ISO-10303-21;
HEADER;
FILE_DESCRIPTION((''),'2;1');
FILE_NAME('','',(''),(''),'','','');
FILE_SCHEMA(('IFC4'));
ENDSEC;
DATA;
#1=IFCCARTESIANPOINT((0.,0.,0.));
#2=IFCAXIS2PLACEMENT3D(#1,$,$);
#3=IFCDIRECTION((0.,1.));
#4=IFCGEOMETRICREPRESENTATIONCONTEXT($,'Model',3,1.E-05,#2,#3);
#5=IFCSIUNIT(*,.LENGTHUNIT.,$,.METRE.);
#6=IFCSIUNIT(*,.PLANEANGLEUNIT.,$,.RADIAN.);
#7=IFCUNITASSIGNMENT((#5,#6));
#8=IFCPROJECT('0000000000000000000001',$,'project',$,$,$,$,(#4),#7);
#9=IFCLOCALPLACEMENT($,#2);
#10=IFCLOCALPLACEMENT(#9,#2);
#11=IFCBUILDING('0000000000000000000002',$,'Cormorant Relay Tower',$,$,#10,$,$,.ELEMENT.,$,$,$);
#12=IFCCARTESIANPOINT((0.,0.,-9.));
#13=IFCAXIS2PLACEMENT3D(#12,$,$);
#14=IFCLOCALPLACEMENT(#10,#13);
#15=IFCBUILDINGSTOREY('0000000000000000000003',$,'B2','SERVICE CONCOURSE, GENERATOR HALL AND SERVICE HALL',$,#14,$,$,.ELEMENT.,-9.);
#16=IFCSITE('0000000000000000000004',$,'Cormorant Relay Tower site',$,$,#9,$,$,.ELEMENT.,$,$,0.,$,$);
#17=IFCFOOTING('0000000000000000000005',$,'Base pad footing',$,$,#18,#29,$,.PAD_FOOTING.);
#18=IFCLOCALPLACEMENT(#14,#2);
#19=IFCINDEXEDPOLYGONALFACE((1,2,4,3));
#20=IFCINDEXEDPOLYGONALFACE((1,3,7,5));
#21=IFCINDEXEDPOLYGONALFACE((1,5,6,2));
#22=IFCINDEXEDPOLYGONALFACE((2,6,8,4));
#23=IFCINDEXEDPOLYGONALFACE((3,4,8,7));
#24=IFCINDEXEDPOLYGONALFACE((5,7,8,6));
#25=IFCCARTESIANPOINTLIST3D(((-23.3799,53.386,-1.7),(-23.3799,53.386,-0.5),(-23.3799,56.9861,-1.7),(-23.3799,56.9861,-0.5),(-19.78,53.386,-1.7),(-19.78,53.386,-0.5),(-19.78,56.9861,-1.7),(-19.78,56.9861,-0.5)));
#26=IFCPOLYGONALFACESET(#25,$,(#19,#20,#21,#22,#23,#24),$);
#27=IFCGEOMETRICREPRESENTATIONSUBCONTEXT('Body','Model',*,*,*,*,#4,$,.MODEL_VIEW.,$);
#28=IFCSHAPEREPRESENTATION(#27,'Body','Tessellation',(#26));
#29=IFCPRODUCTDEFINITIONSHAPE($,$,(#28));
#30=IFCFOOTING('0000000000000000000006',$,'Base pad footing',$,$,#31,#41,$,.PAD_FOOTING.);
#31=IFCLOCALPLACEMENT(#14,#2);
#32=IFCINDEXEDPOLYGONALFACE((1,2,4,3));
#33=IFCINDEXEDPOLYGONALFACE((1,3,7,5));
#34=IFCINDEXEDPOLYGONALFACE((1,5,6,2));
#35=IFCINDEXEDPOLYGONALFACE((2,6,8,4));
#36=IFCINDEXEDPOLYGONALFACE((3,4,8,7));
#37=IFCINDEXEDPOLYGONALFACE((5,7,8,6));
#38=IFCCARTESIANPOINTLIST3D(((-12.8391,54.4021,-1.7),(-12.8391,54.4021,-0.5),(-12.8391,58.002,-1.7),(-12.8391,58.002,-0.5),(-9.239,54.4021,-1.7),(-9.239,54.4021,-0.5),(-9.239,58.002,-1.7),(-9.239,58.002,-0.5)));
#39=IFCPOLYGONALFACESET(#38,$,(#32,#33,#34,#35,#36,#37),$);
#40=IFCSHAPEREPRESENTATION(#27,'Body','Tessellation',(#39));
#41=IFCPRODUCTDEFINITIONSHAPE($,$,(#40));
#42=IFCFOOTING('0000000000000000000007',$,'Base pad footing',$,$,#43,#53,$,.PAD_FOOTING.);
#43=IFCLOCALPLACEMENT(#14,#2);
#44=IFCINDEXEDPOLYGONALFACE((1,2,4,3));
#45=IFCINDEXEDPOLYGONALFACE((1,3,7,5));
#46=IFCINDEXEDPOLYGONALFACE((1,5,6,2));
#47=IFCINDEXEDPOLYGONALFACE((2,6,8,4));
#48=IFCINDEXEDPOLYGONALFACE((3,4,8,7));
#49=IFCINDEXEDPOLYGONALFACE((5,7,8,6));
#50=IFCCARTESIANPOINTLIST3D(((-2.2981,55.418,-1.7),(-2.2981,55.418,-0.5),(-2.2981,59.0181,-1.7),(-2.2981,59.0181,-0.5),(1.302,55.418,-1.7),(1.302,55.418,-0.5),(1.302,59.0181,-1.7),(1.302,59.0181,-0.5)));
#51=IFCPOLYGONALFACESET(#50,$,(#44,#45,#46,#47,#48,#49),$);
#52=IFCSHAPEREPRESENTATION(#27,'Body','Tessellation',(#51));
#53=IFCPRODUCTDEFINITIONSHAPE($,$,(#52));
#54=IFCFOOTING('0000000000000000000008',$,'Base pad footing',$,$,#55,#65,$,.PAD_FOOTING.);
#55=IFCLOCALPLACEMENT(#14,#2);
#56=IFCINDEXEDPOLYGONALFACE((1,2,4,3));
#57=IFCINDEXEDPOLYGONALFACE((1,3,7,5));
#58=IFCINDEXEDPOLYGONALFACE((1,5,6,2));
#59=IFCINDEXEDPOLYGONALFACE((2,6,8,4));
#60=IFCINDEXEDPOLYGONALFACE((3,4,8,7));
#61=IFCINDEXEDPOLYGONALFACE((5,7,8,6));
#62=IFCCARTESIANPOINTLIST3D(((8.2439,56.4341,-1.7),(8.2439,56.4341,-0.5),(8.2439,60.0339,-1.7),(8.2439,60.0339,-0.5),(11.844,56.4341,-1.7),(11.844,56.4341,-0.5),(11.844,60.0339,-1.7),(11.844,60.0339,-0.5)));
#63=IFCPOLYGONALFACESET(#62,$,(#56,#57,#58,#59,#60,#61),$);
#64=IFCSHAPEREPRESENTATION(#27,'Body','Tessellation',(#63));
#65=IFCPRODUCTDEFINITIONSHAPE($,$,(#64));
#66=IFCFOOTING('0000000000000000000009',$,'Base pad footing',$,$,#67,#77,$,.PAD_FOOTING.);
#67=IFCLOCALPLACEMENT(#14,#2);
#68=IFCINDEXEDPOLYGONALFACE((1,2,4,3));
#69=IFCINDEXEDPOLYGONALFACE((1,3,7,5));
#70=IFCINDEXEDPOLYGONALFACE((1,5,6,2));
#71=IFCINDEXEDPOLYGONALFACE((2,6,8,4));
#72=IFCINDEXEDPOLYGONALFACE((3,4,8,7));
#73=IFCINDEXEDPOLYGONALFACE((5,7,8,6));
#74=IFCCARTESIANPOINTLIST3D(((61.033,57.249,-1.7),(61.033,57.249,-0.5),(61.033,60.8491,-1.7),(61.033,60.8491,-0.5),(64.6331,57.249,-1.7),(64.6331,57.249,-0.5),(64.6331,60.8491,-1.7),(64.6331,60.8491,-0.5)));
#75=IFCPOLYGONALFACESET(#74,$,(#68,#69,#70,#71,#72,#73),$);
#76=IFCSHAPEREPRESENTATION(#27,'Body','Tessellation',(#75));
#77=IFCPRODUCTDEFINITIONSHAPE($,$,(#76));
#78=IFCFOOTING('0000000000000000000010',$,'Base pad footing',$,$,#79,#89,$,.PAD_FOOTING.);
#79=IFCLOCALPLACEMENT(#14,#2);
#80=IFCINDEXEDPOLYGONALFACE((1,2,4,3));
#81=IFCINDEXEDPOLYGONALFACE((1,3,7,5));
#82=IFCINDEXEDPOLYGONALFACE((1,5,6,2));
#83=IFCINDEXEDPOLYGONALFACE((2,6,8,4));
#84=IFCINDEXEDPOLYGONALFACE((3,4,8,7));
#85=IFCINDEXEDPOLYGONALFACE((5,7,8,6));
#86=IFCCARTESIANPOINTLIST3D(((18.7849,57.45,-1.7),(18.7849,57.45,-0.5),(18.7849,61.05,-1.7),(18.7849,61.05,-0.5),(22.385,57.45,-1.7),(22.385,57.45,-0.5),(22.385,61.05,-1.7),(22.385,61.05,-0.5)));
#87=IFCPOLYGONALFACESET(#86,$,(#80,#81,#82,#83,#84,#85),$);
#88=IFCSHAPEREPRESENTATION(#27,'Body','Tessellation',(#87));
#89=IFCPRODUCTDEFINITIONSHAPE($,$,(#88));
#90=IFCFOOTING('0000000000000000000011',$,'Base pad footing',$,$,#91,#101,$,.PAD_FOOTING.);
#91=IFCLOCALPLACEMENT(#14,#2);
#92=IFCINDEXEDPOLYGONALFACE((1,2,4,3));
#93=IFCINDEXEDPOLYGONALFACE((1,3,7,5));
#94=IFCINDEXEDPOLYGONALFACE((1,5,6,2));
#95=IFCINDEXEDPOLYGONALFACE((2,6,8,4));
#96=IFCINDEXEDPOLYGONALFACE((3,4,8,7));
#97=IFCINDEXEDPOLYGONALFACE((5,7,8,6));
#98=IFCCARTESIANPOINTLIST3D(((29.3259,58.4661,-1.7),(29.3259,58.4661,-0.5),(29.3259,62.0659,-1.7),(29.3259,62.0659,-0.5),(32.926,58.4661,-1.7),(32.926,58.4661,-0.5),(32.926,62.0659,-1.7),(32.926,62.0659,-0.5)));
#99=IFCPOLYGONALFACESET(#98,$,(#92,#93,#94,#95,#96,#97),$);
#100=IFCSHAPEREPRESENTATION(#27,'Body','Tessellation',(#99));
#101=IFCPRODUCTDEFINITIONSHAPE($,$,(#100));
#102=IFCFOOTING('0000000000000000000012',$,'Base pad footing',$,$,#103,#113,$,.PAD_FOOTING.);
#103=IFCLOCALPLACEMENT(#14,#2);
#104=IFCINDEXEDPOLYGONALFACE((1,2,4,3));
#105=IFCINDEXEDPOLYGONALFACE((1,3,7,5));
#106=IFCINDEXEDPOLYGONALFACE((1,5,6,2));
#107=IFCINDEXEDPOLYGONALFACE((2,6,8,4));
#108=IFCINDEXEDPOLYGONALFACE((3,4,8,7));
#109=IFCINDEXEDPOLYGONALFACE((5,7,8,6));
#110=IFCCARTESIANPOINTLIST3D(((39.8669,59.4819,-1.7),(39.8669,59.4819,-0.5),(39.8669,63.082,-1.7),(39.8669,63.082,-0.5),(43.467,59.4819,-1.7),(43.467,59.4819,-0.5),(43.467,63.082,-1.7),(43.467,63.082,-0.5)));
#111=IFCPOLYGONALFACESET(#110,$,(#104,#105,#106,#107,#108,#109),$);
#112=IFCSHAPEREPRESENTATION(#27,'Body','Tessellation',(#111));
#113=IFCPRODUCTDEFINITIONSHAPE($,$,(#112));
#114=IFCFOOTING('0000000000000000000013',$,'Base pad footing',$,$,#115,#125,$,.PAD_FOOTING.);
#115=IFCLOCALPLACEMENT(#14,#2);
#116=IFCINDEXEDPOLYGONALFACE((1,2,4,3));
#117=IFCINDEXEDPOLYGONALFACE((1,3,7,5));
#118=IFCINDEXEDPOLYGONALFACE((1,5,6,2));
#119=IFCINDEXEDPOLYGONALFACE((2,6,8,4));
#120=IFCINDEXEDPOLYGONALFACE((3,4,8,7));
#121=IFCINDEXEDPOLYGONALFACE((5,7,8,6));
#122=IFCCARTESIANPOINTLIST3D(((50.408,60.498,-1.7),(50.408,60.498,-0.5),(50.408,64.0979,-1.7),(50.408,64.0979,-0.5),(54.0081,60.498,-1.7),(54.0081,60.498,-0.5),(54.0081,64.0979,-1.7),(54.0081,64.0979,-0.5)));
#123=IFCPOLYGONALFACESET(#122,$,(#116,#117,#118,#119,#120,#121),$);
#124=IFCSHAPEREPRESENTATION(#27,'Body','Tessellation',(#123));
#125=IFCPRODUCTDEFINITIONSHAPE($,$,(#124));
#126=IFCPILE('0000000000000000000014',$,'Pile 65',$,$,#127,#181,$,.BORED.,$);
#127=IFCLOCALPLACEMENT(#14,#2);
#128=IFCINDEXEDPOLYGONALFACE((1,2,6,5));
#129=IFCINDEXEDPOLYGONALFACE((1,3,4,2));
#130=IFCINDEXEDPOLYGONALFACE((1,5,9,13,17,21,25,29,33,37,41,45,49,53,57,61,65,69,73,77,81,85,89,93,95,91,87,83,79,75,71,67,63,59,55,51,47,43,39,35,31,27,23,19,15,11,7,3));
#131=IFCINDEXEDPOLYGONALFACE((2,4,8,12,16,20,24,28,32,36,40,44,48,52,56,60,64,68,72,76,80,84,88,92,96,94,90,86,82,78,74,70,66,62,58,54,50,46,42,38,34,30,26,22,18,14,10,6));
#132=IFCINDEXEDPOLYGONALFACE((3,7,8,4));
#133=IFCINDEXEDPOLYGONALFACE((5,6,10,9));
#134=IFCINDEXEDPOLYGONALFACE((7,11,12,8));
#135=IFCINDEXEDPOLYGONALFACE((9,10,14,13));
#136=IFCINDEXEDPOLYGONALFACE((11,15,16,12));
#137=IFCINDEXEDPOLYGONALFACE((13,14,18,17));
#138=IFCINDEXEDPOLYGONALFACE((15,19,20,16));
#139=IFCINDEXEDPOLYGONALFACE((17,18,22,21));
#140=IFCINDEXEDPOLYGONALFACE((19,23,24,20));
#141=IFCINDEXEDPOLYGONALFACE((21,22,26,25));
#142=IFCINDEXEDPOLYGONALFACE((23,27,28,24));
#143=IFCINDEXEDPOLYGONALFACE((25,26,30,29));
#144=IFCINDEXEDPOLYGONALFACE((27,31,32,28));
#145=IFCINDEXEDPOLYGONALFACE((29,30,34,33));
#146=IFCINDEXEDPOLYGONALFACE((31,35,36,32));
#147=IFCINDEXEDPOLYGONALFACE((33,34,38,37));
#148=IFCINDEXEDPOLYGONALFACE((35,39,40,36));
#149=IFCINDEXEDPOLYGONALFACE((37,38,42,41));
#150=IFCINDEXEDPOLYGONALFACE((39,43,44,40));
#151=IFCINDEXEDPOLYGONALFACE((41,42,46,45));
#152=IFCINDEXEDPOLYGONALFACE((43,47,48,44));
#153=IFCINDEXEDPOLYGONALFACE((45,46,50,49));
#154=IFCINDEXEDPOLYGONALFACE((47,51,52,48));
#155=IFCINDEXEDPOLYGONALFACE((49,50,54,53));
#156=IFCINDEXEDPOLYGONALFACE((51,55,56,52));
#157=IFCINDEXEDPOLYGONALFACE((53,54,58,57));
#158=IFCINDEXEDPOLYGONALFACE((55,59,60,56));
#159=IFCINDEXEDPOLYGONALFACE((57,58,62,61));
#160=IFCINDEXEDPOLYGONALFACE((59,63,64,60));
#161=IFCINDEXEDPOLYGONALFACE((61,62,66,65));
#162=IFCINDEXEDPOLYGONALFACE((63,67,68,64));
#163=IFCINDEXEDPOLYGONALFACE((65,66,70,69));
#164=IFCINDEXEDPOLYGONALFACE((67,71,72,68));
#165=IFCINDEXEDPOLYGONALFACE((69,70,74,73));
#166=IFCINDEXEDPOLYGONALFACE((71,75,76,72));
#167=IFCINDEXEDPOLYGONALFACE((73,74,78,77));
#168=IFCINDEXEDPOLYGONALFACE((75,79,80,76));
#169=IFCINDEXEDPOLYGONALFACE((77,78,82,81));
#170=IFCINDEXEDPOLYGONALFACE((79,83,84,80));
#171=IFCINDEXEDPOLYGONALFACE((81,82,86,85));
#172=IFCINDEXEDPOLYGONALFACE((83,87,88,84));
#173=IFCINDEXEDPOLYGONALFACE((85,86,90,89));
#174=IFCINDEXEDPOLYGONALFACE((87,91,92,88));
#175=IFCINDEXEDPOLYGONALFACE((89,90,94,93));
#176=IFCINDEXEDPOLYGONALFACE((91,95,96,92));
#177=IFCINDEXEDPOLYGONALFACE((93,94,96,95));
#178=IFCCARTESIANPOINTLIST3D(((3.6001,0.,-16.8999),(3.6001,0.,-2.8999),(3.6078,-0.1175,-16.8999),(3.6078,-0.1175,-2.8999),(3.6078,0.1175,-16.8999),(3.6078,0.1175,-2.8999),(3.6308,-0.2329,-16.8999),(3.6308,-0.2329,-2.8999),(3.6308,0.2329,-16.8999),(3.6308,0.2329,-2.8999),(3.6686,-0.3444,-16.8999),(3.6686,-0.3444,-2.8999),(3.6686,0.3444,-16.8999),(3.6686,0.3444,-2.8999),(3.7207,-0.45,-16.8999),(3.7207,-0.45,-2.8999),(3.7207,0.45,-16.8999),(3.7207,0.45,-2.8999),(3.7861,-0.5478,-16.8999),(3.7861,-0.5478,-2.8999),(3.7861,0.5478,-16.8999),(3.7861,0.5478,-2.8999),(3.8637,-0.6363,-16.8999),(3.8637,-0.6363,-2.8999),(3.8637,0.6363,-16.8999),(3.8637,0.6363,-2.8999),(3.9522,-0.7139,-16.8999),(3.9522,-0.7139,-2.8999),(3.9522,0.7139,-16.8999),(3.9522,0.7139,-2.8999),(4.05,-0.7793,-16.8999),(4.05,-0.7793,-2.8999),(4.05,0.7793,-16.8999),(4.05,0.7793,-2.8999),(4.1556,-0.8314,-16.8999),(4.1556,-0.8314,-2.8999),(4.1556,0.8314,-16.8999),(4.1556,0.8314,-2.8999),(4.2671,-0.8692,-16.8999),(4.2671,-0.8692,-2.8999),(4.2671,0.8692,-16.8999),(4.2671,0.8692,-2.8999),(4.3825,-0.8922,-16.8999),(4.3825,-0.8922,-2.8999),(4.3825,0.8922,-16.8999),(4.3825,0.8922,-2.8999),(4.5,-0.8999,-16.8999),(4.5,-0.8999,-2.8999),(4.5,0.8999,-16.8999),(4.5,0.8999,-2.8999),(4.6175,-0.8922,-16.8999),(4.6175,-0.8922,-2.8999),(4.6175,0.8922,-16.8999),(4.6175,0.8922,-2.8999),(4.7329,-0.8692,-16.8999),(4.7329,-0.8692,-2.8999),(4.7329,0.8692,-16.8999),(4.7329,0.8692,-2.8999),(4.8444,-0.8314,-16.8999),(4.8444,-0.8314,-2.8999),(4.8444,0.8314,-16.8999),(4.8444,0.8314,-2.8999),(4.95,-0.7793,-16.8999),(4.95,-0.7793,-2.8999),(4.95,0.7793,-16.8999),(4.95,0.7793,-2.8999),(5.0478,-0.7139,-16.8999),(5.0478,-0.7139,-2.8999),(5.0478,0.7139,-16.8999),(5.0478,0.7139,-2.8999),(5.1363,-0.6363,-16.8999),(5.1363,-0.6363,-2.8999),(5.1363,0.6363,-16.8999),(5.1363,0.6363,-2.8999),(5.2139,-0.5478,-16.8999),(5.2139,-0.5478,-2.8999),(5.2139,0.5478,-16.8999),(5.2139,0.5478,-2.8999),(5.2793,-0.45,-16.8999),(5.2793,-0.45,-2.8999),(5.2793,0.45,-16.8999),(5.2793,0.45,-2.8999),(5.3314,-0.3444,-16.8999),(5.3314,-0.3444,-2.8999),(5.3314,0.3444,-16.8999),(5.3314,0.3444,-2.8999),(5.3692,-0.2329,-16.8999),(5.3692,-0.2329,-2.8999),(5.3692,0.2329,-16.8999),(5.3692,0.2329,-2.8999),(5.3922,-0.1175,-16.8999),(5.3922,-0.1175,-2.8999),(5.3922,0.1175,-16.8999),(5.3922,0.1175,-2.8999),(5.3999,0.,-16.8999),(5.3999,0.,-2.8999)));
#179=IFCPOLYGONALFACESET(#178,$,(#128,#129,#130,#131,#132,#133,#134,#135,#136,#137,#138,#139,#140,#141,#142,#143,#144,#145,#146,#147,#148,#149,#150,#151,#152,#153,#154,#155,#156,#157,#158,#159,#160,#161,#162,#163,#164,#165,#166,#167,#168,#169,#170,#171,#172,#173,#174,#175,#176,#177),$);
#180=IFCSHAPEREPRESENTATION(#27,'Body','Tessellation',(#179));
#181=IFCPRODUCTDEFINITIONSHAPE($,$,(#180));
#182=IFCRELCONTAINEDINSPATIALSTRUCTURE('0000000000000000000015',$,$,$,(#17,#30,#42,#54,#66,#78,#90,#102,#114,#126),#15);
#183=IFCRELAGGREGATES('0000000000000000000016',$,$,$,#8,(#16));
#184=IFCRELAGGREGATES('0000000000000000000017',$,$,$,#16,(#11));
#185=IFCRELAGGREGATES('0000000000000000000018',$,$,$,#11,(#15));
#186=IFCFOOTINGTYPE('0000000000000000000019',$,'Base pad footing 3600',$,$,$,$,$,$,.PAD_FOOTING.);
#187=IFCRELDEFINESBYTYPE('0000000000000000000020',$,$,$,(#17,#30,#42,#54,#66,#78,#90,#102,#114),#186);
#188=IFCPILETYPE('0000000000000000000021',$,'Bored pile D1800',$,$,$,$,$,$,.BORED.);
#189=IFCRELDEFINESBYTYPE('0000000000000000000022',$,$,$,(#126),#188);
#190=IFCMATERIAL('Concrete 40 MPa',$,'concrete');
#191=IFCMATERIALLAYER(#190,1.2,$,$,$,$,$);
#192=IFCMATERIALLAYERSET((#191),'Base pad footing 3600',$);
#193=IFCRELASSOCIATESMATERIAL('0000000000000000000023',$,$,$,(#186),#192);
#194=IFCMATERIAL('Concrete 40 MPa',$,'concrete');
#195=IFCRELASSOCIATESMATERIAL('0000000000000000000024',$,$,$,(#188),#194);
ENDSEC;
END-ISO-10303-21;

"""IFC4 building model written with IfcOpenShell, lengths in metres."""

from ifc_helpers import new_model, si_unit, direction, frame, origin, origin_2d, place, context, subcontext, project, spatial, polyline, circle, outline, extrude, material, layer, layer_set, material_profile, profile_set, type_object, element, save


model = new_model("IFC4")

# Units and contexts
model_context = context("Model", 3, precision=1e-05, world=origin(), true_north=direction((0.0, 1.0)))
body_context = subcontext(model_context, "Body", "Model", "MODEL_VIEW")
ifc_project = project(units=[si_unit("LENGTHUNIT", "METRE"), si_unit("PLANEANGLEUNIT", "RADIAN")], contexts=[model_context])

# Site, building, storey
site_placement = place(None, origin())
site = spatial("IfcSite", under=ifc_project, at=site_placement, Name="Cormorant Relay Tower site", CompositionType="ELEMENT", RefElevation=0.0)
building_placement = place(site_placement, origin())
building = spatial("IfcBuilding", under=site, at=building_placement, Name="Cormorant Relay Tower", CompositionType="ELEMENT")
storey_placement = place(building_placement, frame((0.0, 0.0, -9.0)))
storey = spatial("IfcBuildingStorey", under=building, at=storey_placement, Name="B2", Description="SERVICE CONCOURSE, GENERATOR HALL AND SERVICE HALL", CompositionType="ELEMENT", Elevation=-9.0)

# Footings
ifc_material_1 = material(Name="Concrete 40 MPa", Category="concrete")
ifc_layer_1 = layer(ifc_material_1, 1.2)
ifc_layer_set_1 = layer_set([ifc_layer_1], Name="Base pad footing 3600")
footing_type = type_object("IfcFootingType", Name="Base pad footing 3600", PredefinedType="PAD_FOOTING", material=ifc_layer_set_1)
footing_1_placement = place(storey_placement, frame((0.0, 0.0, -1.7)))
element("IfcFooting", 1, at=footing_1_placement, inside=storey, type_object=footing_type, Name="Base pad footing", PredefinedType="PAD_FOOTING", context=body_context, shape_type="SweptSolid", body=[
    extrude(outline(polyline([(-23.3799, 53.386), (-19.78, 53.386), (-19.78, 56.9861), (-23.3799, 56.9861), (-23.3799, 53.386)])), origin(), (0.0, 0.0, 1.0), 1.2),
])
footing_2_placement = place(storey_placement, frame((0.0, 0.0, -1.7)))
element("IfcFooting", 2, at=footing_2_placement, inside=storey, type_object=footing_type, Name="Base pad footing", PredefinedType="PAD_FOOTING", context=body_context, shape_type="SweptSolid", body=[
    extrude(outline(polyline([(-12.8391, 54.4021), (-9.239, 54.4021), (-9.239, 58.002), (-12.8391, 58.002), (-12.8391, 54.4021)])), origin(), (0.0, 0.0, 1.0), 1.2),
])
footing_3_placement = place(storey_placement, frame((0.0, 0.0, -1.7)))
element("IfcFooting", 3, at=footing_3_placement, inside=storey, type_object=footing_type, Name="Base pad footing", PredefinedType="PAD_FOOTING", context=body_context, shape_type="SweptSolid", body=[
    extrude(outline(polyline([(-2.2981, 55.418), (1.302, 55.418), (1.302, 59.0181), (-2.2981, 59.0181), (-2.2981, 55.418)])), origin(), (0.0, 0.0, 1.0), 1.2),
])
footing_4_placement = place(storey_placement, frame((0.0, 0.0, -1.7)))
element("IfcFooting", 4, at=footing_4_placement, inside=storey, type_object=footing_type, Name="Base pad footing", PredefinedType="PAD_FOOTING", context=body_context, shape_type="SweptSolid", body=[
    extrude(outline(polyline([(8.2439, 56.4341), (11.844, 56.4341), (11.844, 60.0339), (8.2439, 60.0339), (8.2439, 56.4341)])), origin(), (0.0, 0.0, 1.0), 1.2),
])
footing_5_placement = place(storey_placement, frame((0.0, 0.0, -1.7)))
element("IfcFooting", 5, at=footing_5_placement, inside=storey, type_object=footing_type, Name="Base pad footing", PredefinedType="PAD_FOOTING", context=body_context, shape_type="SweptSolid", body=[
    extrude(outline(polyline([(61.033, 57.249), (64.6331, 57.249), (64.6331, 60.8491), (61.033, 60.8491), (61.033, 57.249)])), origin(), (0.0, 0.0, 1.0), 1.2),
])
footing_6_placement = place(storey_placement, frame((0.0, 0.0, -1.7)))
element("IfcFooting", 6, at=footing_6_placement, inside=storey, type_object=footing_type, Name="Base pad footing", PredefinedType="PAD_FOOTING", context=body_context, shape_type="SweptSolid", body=[
    extrude(outline(polyline([(18.7849, 57.45), (22.385, 57.45), (22.385, 61.05), (18.7849, 61.05), (18.7849, 57.45)])), origin(), (0.0, 0.0, 1.0), 1.2),
])
footing_7_placement = place(storey_placement, frame((0.0, 0.0, -1.7)))
element("IfcFooting", 7, at=footing_7_placement, inside=storey, type_object=footing_type, Name="Base pad footing", PredefinedType="PAD_FOOTING", context=body_context, shape_type="SweptSolid", body=[
    extrude(outline(polyline([(29.3259, 58.4661), (32.926, 58.4661), (32.926, 62.0659), (29.3259, 62.0659), (29.3259, 58.4661)])), origin(), (0.0, 0.0, 1.0), 1.2),
])
footing_8_placement = place(storey_placement, frame((0.0, 0.0, -1.7)))
element("IfcFooting", 8, at=footing_8_placement, inside=storey, type_object=footing_type, Name="Base pad footing", PredefinedType="PAD_FOOTING", context=body_context, shape_type="SweptSolid", body=[
    extrude(outline(polyline([(39.8669, 59.4819), (43.467, 59.4819), (43.467, 63.082), (39.8669, 63.082), (39.8669, 59.4819)])), origin(), (0.0, 0.0, 1.0), 1.2),
])
footing_9_placement = place(storey_placement, frame((0.0, 0.0, -1.7)))
element("IfcFooting", 9, at=footing_9_placement, inside=storey, type_object=footing_type, Name="Base pad footing", PredefinedType="PAD_FOOTING", context=body_context, shape_type="SweptSolid", body=[
    extrude(outline(polyline([(50.408, 60.498), (54.0081, 60.498), (54.0081, 64.0979), (50.408, 64.0979), (50.408, 60.498)])), origin(), (0.0, 0.0, 1.0), 1.2),
])

# Pile
ifc_material_2 = material(Name="Concrete 40 MPa", Category="concrete")
ifc_material_profile_1 = material_profile(ifc_material_2, circle(Radius=0.8999, at=origin_2d()), Name="BP1800")
ifc_profile_set_1 = profile_set([ifc_material_profile_1], Name="Concrete 40 MPa")
pile_type = type_object("IfcPileType", Name="Bored pile D1800", PredefinedType="BORED", material=ifc_profile_set_1)
for number, where, z_axis, x_axis, name in (
    (10, (4.5, 0.0, -2.8999), (0.0, 0.0, -1.0), (1.0, 0.0, 0.0), "Pile 65"),
):
    element("IfcPile", number, at=place(storey_placement, frame(where, z_axis=z_axis, x_axis=x_axis)), inside=storey, type_object=pile_type, Name=name, PredefinedType="BORED", context=body_context, shape_type="SweptSolid", body=[
        extrude(circle(Radius=0.8999, at=origin_2d()), origin(), (0.0, 0.0, 1.0), 14.0),
    ])

save(model, "model.ifc")
